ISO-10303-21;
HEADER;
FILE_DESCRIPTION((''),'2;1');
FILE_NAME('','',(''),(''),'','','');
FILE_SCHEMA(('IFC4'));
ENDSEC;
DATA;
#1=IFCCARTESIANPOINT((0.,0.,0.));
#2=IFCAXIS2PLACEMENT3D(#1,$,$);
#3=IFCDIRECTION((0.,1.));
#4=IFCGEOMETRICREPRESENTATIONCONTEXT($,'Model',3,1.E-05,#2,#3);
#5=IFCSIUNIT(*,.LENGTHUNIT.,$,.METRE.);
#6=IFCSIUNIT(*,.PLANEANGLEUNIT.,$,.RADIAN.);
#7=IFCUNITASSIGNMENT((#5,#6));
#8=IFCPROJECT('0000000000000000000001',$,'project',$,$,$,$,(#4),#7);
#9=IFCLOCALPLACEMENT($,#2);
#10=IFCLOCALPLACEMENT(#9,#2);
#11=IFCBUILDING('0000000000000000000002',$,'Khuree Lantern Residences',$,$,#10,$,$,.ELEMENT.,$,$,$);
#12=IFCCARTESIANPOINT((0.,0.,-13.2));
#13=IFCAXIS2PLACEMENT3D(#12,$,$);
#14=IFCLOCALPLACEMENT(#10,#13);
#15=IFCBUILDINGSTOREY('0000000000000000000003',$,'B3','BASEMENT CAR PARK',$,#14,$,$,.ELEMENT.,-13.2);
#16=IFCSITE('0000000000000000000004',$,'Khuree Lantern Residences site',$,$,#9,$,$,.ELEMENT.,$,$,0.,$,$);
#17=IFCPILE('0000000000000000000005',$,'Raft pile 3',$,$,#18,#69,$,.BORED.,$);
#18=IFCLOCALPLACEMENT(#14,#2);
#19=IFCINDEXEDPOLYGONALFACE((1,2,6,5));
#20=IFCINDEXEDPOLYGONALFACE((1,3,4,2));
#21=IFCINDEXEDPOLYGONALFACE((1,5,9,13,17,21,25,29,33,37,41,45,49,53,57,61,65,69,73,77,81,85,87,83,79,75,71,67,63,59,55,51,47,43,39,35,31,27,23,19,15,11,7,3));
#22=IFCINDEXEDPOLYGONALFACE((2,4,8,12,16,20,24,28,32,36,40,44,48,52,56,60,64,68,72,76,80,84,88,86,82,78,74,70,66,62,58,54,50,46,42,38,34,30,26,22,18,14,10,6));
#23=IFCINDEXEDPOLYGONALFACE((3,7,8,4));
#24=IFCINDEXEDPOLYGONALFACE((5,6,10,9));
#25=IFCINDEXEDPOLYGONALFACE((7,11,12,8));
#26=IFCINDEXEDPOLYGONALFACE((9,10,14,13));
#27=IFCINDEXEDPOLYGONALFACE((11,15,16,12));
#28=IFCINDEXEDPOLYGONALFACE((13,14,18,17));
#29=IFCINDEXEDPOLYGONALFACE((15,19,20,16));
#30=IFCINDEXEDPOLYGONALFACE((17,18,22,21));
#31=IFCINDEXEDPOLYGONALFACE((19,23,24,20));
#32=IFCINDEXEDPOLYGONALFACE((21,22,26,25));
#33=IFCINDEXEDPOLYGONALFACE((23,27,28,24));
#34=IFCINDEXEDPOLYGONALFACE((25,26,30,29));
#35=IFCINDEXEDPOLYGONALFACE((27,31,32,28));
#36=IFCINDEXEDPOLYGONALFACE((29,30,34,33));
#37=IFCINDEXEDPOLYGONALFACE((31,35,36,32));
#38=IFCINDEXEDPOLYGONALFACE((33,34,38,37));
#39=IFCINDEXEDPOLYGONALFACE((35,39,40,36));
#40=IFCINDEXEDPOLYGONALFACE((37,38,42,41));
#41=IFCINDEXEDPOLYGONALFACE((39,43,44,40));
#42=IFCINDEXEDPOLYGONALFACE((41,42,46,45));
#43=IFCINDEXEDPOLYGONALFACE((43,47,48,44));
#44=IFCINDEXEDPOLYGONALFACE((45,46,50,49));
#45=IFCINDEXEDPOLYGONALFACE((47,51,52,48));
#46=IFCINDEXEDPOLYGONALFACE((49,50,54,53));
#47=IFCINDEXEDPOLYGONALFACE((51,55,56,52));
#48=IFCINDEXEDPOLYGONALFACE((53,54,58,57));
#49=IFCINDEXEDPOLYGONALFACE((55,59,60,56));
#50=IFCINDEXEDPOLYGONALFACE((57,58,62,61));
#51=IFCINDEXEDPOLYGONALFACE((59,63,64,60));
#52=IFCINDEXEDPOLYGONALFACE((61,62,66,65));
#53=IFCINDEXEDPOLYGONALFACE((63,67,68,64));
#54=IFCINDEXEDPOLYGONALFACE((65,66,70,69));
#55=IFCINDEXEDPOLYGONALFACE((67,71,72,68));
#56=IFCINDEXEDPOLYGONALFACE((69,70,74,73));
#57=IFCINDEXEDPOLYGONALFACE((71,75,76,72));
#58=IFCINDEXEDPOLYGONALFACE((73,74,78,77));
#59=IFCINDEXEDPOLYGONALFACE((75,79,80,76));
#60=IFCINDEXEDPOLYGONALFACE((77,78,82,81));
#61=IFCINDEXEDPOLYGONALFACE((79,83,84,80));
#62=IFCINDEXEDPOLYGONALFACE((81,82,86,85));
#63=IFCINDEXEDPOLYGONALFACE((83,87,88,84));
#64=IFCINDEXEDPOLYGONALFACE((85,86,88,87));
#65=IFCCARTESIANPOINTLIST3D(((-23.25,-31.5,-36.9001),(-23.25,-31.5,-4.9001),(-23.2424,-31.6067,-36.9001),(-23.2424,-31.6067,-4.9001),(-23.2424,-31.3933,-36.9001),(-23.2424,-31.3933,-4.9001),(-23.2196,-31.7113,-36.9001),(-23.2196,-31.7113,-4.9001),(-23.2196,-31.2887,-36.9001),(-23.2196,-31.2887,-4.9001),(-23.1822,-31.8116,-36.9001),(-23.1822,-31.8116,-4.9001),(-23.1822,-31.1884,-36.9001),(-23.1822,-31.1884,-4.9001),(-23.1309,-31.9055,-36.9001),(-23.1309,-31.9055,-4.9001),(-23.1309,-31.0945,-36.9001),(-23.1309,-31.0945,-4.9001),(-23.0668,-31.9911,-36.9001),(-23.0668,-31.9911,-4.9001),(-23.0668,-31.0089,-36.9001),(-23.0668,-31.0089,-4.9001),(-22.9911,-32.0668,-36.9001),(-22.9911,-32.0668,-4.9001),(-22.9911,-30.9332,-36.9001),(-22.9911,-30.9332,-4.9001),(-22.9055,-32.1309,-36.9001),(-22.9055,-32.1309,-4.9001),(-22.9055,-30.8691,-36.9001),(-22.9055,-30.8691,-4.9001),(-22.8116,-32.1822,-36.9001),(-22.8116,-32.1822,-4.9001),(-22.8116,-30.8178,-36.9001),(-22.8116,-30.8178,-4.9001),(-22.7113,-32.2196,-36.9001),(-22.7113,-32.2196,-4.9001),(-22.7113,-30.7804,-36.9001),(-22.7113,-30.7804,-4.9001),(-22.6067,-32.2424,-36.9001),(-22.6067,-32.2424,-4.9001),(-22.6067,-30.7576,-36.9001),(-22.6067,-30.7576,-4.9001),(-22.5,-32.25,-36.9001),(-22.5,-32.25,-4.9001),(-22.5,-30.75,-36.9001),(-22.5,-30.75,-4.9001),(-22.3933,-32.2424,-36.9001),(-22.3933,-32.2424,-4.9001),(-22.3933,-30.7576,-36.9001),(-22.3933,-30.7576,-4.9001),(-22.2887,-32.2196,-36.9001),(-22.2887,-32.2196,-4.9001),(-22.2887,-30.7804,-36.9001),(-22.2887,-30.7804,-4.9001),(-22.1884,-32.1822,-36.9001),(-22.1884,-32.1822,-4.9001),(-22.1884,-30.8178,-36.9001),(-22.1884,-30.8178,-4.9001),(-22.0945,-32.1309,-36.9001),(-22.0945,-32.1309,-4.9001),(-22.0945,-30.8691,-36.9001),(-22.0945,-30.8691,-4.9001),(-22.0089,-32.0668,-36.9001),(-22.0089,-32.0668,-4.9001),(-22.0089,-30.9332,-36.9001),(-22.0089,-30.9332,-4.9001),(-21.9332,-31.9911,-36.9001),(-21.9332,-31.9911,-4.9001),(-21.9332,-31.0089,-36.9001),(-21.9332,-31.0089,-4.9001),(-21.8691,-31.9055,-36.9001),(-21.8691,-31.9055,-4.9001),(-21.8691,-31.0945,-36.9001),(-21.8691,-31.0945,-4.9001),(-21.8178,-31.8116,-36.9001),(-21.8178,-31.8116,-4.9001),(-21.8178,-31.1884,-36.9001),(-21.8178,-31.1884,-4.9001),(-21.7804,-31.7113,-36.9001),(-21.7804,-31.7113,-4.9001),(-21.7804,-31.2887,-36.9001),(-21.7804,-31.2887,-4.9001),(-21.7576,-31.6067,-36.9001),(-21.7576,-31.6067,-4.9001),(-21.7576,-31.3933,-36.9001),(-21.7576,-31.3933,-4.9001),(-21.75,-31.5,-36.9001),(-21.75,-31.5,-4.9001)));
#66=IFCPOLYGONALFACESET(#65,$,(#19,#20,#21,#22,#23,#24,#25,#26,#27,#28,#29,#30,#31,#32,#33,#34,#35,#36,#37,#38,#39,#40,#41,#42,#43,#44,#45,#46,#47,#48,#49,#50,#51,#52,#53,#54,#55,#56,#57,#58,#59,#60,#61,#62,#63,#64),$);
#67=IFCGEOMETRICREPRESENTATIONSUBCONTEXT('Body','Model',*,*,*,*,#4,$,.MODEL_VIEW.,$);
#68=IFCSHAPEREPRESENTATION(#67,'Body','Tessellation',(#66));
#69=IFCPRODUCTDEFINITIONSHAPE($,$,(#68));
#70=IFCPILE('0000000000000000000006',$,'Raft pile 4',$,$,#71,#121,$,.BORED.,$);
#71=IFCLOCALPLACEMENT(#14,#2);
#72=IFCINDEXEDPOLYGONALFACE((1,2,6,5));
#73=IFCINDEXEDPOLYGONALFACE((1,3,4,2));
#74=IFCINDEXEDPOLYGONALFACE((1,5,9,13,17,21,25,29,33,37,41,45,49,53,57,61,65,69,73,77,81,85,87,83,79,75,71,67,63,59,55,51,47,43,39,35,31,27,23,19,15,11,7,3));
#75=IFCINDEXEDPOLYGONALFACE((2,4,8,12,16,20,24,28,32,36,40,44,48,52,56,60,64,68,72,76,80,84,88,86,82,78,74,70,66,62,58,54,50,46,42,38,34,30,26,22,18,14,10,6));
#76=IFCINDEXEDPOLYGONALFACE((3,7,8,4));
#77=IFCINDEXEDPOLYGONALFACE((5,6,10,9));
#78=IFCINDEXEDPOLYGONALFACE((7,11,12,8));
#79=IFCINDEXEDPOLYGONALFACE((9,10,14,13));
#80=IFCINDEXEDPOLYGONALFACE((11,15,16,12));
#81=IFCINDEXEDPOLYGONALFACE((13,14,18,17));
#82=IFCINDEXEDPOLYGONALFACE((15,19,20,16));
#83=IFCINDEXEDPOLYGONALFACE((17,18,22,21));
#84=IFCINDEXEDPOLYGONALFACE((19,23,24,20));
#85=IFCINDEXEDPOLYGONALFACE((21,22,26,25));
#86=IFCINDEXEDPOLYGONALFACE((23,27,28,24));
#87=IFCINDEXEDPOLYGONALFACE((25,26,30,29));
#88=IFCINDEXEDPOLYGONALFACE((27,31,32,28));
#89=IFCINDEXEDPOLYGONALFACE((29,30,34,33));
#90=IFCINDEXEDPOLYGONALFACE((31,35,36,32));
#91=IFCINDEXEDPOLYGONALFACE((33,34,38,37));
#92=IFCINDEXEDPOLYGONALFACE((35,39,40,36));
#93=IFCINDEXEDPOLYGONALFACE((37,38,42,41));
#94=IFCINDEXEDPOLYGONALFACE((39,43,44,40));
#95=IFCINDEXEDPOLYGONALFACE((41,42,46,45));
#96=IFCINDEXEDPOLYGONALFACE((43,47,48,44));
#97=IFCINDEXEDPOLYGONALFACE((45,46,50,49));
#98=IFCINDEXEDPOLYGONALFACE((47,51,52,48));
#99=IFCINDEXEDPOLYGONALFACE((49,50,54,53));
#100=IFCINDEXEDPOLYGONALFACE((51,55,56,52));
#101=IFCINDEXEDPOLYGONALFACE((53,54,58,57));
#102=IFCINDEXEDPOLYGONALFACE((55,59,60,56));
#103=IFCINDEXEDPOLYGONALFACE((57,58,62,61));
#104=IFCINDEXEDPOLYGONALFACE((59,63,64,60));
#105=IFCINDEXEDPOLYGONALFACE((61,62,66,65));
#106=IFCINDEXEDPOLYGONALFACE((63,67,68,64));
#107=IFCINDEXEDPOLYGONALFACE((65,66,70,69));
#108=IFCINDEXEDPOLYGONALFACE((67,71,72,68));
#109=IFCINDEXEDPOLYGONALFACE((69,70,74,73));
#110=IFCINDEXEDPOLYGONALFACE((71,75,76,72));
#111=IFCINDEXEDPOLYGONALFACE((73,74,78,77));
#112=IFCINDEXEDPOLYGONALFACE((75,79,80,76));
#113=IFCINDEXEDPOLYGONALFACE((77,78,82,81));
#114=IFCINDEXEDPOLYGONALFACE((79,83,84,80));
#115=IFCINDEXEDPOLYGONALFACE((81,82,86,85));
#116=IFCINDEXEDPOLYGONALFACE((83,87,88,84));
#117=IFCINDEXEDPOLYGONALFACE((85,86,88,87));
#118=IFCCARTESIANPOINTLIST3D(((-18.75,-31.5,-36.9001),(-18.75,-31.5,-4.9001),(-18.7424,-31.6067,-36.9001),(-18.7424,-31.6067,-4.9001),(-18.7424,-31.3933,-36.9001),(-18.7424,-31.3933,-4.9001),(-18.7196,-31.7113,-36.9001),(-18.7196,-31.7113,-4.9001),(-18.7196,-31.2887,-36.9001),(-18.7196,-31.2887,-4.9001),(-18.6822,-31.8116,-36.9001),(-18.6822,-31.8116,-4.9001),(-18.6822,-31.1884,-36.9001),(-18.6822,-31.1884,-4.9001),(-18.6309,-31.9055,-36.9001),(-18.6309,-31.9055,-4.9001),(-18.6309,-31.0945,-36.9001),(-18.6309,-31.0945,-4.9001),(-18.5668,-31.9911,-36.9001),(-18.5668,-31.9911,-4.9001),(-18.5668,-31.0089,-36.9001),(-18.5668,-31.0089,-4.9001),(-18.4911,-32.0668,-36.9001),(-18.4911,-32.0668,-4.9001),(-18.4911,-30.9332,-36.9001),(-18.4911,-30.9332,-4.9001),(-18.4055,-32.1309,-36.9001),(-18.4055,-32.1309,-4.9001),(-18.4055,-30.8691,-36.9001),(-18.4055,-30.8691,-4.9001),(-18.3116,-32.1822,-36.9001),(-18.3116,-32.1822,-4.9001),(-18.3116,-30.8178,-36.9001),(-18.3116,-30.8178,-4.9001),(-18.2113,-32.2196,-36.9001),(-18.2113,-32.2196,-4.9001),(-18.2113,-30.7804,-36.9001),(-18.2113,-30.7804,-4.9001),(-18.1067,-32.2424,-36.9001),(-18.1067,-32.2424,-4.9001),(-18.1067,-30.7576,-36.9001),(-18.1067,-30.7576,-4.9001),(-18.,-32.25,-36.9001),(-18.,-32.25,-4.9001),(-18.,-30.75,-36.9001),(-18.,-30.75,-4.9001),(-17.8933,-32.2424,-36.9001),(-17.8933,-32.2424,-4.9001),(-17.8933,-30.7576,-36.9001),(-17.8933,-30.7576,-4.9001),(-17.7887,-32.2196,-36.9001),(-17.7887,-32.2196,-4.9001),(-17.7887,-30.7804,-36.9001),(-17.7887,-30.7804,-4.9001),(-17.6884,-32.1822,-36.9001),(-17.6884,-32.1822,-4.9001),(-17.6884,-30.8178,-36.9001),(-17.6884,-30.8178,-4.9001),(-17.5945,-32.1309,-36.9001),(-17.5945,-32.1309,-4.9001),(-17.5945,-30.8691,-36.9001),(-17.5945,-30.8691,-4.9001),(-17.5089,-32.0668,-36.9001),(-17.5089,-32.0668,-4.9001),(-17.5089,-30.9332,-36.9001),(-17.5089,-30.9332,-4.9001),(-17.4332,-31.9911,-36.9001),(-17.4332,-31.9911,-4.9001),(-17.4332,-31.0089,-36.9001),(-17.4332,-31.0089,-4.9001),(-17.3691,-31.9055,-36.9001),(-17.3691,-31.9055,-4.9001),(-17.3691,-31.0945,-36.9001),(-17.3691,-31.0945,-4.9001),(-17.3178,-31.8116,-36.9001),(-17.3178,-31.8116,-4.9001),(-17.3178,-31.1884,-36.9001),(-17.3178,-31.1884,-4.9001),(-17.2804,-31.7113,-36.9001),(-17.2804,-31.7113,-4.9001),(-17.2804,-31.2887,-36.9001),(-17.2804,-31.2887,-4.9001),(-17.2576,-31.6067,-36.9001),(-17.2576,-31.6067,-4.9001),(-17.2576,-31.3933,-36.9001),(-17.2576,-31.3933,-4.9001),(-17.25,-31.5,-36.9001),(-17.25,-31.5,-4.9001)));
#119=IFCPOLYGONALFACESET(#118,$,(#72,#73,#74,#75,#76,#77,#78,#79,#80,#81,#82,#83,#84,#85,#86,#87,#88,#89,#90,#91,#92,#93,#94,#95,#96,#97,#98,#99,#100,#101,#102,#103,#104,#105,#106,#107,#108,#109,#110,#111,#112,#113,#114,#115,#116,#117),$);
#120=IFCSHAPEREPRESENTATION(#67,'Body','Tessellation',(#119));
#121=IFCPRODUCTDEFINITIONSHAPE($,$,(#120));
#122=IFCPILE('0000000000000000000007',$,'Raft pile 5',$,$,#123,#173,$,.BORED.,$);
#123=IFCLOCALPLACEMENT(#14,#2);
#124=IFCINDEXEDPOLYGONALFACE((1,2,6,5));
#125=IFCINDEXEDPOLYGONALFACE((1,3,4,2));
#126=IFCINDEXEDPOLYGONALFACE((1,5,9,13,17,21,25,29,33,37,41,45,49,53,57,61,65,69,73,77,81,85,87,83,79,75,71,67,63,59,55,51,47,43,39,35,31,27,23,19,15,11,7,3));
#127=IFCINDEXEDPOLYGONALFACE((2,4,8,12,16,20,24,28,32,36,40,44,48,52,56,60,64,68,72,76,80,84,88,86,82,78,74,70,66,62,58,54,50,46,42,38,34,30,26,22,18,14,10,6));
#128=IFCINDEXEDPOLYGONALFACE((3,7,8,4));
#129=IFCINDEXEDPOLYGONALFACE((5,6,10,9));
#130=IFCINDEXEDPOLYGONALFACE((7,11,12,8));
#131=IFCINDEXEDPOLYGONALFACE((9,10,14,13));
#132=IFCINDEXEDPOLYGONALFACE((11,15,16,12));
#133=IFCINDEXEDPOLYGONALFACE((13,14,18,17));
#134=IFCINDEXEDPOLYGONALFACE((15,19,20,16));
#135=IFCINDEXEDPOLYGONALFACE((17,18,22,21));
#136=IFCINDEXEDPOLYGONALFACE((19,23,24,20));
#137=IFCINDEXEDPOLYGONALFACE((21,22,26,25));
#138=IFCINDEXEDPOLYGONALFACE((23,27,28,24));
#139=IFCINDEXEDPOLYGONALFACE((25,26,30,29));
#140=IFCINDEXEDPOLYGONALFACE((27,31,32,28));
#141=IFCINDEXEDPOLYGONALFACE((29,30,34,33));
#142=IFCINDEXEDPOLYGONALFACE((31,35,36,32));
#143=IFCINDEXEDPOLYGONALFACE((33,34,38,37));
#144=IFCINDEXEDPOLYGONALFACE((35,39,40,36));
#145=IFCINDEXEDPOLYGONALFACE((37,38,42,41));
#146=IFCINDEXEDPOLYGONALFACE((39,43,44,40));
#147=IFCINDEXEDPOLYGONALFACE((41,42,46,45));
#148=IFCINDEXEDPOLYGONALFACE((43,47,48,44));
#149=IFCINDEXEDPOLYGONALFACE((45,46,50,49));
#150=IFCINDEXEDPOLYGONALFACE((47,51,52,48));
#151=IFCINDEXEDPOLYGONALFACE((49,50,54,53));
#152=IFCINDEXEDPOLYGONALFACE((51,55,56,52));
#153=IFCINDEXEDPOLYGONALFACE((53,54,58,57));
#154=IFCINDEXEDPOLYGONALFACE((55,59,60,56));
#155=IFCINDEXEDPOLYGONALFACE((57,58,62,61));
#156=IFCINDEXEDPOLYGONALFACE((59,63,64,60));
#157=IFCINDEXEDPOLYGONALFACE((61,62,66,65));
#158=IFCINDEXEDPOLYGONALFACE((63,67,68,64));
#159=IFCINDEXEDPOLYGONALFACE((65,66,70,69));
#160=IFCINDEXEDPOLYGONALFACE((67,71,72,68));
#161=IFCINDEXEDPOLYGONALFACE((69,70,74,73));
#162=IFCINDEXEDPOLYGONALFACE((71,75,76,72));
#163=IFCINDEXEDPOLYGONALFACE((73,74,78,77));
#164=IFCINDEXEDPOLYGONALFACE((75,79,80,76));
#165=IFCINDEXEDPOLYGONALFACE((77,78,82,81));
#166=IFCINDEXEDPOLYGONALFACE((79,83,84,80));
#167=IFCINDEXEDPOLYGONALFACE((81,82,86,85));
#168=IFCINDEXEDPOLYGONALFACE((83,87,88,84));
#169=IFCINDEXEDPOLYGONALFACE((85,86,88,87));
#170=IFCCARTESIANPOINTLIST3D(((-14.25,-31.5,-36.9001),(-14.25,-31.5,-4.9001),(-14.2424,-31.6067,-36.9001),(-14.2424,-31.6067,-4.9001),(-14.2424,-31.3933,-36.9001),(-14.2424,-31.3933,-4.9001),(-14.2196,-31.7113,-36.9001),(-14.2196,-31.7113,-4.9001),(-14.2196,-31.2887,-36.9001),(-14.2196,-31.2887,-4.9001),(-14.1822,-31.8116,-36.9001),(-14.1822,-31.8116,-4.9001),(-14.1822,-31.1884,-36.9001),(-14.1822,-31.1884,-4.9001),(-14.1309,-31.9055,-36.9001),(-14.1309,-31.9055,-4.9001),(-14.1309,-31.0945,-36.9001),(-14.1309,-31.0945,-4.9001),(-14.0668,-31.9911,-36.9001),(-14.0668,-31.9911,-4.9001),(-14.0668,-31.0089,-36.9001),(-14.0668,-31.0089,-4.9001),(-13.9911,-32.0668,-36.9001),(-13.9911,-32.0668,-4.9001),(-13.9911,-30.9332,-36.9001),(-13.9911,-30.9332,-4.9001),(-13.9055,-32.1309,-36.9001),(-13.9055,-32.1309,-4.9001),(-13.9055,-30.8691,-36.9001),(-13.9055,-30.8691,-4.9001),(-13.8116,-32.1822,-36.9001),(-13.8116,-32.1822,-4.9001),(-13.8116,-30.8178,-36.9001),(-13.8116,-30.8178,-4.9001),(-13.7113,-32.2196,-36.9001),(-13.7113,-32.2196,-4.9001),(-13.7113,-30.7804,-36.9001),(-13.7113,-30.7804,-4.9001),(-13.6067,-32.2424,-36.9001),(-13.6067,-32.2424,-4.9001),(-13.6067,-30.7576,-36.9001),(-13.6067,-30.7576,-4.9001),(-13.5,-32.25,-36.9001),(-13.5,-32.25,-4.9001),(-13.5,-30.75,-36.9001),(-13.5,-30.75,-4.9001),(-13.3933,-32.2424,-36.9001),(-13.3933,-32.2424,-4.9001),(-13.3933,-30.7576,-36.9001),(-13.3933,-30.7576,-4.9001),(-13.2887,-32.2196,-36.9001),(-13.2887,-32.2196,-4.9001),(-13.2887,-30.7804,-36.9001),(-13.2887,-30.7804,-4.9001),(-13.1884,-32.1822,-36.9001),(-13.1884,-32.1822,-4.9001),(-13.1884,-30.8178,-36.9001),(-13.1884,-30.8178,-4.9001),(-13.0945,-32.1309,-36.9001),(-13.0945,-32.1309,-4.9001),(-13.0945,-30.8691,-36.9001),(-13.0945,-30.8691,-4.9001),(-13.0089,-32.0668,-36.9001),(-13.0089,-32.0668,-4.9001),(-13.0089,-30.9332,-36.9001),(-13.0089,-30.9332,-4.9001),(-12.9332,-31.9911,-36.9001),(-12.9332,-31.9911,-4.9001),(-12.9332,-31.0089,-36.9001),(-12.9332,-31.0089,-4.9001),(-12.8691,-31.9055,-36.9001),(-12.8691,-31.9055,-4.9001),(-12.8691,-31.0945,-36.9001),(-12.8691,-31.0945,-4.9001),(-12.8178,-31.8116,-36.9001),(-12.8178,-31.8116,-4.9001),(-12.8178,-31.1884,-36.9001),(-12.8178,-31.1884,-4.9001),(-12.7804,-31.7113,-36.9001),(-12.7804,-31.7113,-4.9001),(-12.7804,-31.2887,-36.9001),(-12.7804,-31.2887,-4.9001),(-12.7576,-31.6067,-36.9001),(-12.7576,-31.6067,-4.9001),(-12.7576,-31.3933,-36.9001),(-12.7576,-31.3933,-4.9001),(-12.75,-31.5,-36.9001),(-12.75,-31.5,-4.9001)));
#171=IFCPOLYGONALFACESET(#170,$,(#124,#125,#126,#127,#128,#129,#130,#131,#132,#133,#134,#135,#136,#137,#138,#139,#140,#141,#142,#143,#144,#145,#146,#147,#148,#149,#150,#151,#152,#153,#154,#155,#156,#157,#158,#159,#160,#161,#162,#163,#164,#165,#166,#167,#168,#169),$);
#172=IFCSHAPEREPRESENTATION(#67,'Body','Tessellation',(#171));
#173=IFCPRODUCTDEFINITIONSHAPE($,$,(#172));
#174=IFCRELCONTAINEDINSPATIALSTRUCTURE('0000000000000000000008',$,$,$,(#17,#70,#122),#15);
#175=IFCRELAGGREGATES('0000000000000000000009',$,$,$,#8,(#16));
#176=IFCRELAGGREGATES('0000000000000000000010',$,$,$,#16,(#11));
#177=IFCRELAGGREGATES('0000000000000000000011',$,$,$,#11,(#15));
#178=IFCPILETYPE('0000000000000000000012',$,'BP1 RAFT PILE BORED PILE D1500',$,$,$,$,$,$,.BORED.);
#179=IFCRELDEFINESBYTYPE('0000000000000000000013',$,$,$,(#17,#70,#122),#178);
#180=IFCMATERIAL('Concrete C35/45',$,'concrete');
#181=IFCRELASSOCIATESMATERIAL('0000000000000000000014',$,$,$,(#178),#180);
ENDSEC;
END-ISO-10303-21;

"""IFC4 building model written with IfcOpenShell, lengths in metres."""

from ifc_helpers import new_model, si_unit, direction, frame, origin, origin_2d, place, context, subcontext, project, spatial, circle, extrude, material, material_profile, profile_set, type_object, element, save


model = new_model("IFC4")

# Units and contexts
model_context = context("Model", 3, precision=1e-05, world=origin(), true_north=direction((0.0, 1.0)))
body_context = subcontext(model_context, "Body", "Model", "MODEL_VIEW")
ifc_project = project(units=[si_unit("LENGTHUNIT", "METRE"), si_unit("PLANEANGLEUNIT", "RADIAN")], contexts=[model_context])

# Site, building, storey
site_placement = place(None, origin())
site = spatial("IfcSite", under=ifc_project, at=site_placement, Name="Khuree Lantern Residences site", CompositionType="ELEMENT", RefElevation=0.0)
building_placement = place(site_placement, origin())
building = spatial("IfcBuilding", under=site, at=building_placement, Name="Khuree Lantern Residences", CompositionType="ELEMENT")
storey_placement = place(building_placement, frame((0.0, 0.0, -13.2)))
storey = spatial("IfcBuildingStorey", under=building, at=storey_placement, Name="B3", Description="BASEMENT CAR PARK", CompositionType="ELEMENT", Elevation=-13.2)

# Piles
ifc_material_1 = material(Name="Concrete C35/45", Category="concrete")
ifc_material_profile_1 = material_profile(ifc_material_1, circle(Radius=0.75, at=origin_2d()), Name="BORED PILE D1500")
ifc_profile_set_1 = profile_set([ifc_material_profile_1], Name="Concrete C35/45")
pile_type = type_object("IfcPileType", Name="BP1 RAFT PILE BORED PILE D1500", PredefinedType="BORED", material=ifc_profile_set_1)
for number, where, z_axis, x_axis, name in (
    (1, (-22.5, -31.5, -4.9001), (0.0, 0.0, -1.0), (1.0, 0.0, 0.0), "Raft pile 3"),
    (2, (-18.0, -31.5, -4.9001), (0.0, 0.0, -1.0), (1.0, 0.0, 0.0), "Raft pile 4"),
    (3, (-13.5, -31.5, -4.9001), (0.0, 0.0, -1.0), (1.0, 0.0, 0.0), "Raft pile 5"),
):
    element("IfcPile", number, at=place(storey_placement, frame(where, z_axis=z_axis, x_axis=x_axis)), inside=storey, type_object=pile_type, Name=name, PredefinedType="BORED", context=body_context, shape_type="SweptSolid", body=[
        extrude(circle(Radius=0.75, at=origin_2d()), origin(), (0.0, 0.0, 1.0), 32.0),
    ])

save(model, "model.ifc")
